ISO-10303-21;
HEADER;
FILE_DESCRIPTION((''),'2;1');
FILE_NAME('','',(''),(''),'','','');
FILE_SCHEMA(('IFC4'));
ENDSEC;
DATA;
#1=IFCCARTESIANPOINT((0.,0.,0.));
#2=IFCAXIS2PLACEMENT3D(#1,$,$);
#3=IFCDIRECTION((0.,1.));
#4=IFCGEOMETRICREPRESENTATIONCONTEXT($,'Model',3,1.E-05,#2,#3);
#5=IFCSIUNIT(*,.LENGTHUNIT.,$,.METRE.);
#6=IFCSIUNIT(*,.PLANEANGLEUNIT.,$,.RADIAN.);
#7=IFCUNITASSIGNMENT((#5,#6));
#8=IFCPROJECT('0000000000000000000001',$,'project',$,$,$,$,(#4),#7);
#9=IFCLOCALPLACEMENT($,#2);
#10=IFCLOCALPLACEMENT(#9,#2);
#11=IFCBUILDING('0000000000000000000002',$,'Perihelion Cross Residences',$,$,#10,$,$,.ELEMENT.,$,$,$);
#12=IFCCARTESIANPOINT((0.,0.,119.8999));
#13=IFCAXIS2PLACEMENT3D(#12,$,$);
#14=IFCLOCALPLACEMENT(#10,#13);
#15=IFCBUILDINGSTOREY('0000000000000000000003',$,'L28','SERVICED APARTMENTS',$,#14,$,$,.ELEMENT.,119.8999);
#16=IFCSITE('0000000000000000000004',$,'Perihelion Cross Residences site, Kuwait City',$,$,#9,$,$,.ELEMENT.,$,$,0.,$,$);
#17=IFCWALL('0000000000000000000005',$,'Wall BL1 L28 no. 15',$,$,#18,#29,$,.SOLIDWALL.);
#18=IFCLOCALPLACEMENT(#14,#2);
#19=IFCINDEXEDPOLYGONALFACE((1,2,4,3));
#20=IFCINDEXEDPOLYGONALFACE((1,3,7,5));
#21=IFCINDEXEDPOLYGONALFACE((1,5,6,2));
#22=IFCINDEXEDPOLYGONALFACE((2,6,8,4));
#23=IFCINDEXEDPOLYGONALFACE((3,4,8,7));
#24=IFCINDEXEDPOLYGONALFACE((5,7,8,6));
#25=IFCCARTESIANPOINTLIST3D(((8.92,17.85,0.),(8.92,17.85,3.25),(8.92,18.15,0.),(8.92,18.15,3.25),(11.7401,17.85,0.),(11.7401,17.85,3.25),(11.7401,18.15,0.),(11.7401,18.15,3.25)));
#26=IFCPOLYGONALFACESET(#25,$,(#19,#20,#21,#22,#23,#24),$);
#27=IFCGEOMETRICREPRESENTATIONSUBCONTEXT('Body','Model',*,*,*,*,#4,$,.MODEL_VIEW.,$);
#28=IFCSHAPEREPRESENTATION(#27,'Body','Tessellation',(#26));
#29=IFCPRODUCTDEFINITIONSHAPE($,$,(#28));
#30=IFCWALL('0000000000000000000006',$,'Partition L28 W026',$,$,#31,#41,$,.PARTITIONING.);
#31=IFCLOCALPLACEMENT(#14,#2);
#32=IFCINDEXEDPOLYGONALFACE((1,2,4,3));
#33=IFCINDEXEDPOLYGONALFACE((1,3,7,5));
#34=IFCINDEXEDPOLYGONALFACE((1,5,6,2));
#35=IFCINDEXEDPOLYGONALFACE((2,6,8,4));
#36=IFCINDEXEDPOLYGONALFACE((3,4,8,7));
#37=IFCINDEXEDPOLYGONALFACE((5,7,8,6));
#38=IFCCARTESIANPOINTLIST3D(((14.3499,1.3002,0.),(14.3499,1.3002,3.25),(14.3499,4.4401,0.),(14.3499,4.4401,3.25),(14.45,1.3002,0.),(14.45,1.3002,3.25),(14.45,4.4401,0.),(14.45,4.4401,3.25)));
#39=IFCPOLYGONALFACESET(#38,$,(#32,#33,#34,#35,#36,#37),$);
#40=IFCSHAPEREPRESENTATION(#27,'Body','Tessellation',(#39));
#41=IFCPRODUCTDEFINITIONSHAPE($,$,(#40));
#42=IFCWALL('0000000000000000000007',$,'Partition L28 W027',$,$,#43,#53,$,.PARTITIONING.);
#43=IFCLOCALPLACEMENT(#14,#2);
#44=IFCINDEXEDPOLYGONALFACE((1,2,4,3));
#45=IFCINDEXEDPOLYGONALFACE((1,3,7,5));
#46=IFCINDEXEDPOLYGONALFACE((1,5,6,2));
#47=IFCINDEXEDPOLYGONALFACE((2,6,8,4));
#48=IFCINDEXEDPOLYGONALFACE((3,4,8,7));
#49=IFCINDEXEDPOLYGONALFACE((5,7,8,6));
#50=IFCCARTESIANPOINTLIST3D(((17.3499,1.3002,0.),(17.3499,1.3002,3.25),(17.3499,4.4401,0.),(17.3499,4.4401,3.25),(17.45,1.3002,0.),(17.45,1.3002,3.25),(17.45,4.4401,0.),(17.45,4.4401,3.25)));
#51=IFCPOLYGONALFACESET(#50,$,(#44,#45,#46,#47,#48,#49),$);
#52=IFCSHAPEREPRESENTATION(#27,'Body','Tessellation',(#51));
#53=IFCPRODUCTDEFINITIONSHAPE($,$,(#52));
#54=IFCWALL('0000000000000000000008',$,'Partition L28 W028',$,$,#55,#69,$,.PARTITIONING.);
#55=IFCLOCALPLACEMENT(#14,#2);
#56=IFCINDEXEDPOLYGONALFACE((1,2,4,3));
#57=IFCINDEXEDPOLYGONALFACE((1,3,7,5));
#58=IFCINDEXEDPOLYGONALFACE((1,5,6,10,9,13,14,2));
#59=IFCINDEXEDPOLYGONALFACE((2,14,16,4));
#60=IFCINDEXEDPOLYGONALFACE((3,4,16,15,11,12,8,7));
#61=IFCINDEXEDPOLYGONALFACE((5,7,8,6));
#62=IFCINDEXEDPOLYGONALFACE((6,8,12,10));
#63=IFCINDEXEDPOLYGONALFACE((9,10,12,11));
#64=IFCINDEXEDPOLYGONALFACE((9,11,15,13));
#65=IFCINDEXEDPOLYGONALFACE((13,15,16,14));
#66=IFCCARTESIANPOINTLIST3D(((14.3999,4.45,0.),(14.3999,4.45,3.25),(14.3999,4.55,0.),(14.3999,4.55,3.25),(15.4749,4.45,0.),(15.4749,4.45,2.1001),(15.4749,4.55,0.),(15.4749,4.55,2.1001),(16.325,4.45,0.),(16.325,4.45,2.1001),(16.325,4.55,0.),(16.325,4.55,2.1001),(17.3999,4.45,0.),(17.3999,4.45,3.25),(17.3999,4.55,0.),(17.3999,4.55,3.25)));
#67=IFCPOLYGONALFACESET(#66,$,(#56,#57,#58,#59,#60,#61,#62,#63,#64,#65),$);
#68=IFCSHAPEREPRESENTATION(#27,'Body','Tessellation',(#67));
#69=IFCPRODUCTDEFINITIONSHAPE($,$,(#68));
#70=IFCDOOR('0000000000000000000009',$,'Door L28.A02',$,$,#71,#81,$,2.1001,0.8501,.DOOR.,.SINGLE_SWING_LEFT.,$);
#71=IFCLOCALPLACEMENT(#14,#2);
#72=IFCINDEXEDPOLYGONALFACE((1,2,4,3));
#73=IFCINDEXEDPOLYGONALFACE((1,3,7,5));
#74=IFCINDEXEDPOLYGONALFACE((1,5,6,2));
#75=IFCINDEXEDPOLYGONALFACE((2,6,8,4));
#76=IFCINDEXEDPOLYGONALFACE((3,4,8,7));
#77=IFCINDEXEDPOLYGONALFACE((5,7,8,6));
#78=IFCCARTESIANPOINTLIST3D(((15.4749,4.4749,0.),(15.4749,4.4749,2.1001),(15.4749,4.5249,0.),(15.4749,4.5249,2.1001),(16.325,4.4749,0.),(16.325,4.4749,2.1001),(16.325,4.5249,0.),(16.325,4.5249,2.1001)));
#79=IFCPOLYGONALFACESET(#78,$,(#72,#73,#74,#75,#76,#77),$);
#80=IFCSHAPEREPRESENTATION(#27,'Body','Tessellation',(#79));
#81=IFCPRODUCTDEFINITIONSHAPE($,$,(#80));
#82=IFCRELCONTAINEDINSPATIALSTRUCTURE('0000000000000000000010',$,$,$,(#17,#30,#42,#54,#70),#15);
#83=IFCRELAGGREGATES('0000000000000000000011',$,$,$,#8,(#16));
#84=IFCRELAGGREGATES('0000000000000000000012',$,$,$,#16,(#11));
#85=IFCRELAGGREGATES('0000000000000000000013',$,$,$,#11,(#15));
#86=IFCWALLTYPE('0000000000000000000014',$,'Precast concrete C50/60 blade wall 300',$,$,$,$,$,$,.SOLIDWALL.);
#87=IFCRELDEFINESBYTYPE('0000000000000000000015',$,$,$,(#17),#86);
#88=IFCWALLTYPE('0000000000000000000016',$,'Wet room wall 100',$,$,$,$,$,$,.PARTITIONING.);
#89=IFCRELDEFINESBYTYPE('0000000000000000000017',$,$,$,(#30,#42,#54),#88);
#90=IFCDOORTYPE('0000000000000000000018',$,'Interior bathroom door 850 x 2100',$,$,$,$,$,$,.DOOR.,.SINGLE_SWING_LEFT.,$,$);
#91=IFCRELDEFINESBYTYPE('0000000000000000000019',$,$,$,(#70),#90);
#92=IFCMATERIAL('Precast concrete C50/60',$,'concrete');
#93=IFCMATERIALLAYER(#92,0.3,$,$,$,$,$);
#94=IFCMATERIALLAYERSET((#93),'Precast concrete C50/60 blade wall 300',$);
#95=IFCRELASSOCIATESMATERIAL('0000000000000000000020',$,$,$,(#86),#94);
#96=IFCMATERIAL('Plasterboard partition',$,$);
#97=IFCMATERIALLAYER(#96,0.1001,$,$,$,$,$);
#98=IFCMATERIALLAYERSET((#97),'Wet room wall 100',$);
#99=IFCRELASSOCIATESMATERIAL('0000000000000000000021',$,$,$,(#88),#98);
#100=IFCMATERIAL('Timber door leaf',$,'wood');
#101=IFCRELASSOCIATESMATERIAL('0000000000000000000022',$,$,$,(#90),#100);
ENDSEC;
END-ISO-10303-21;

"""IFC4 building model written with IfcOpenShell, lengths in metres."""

from ifc_helpers import new_model, si_unit, direction, frame, frame_2d, origin, place, context, subcontext, project, spatial, rectangle, extrude, material, layer, layer_set, type_object, element, fill, save


model = new_model("IFC4")

# Units and contexts
model_context = context("Model", 3, precision=1e-05, world=origin(), true_north=direction((0.0, 1.0)))
body_context = subcontext(model_context, "Body", "Model", "MODEL_VIEW")
ifc_project = project(units=[si_unit("LENGTHUNIT", "METRE"), si_unit("PLANEANGLEUNIT", "RADIAN")], contexts=[model_context])

# Site, building, storey
site_placement = place(None, origin())
site = spatial("IfcSite", under=ifc_project, at=site_placement, Name="Perihelion Cross Residences site, Kuwait City", CompositionType="ELEMENT", RefElevation=0.0)
building_placement = place(site_placement, origin())
building = spatial("IfcBuilding", under=site, at=building_placement, Name="Perihelion Cross Residences", CompositionType="ELEMENT")
storey_placement = place(building_placement, frame((0.0, 0.0, 119.8999)))
storey = spatial("IfcBuildingStorey", under=building, at=storey_placement, Name="L28", Description="SERVICED APARTMENTS", CompositionType="ELEMENT", Elevation=119.8999)

# Walls
ifc_material_1 = material(Name="Precast concrete C50/60", Category="concrete")
ifc_layer_1 = layer(ifc_material_1, 0.3)
ifc_layer_set_1 = layer_set([ifc_layer_1], Name="Precast concrete C50/60 blade wall 300")
wall_type_1 = type_object("IfcWallType", Name="Precast concrete C50/60 blade wall 300", PredefinedType="SOLIDWALL", material=ifc_layer_set_1)
wall_1_placement = place(storey_placement, frame((8.9199, 18.0, 0.0), z_axis=(0.0, 0.0, 1.0), x_axis=(1.0, 0.0, 0.0)))
element("IfcWall", 1, at=wall_1_placement, inside=storey, type_object=wall_type_1, Name="Wall BL1 L28 no. 15", PredefinedType="SOLIDWALL", context=body_context, shape_type="SweptSolid", body=[
    extrude(rectangle(XDim=2.8201, YDim=0.3, at=frame_2d((1.4102, 0.0))), origin(), (0.0, 0.0, 1.0), 3.25),
])
ifc_material_2 = material(Name="Plasterboard partition")
ifc_layer_2 = layer(ifc_material_2, 0.1001)
ifc_layer_set_2 = layer_set([ifc_layer_2], Name="Wet room wall 100")
wall_type_2 = type_object("IfcWallType", Name="Wet room wall 100", PredefinedType="PARTITIONING", material=ifc_layer_set_2)
for number, where, z_axis, x_axis, name in (
    (2, (14.3999, 4.4399, 0.0), (0.0, 0.0, 1.0), (0.0, -1.0, 0.0), "Partition L28 W026"),
    (3, (17.3999, 4.4399, 0.0), (0.0, 0.0, 1.0), (0.0, -1.0, 0.0), "Partition L28 W027"),
):
    element("IfcWall", number, at=place(storey_placement, frame(where, z_axis=z_axis, x_axis=x_axis)), inside=storey, type_object=wall_type_2, Name=name, PredefinedType="PARTITIONING", context=body_context, shape_type="SweptSolid", body=[
        extrude(rectangle(XDim=3.1399, YDim=0.1001, at=frame_2d((1.5698, 0.0))), origin(), (0.0, 0.0, 1.0), 3.25),
    ])

# Wall, opening, door
wall_2_placement = place(storey_placement, frame((14.3999, 4.5, 0.0), z_axis=(0.0, 0.0, 1.0), x_axis=(1.0, 0.0, 0.0)))
wall_2 = element("IfcWall", 4, at=wall_2_placement, inside=storey, type_object=wall_type_2, Name="Partition L28 W028", PredefinedType="PARTITIONING", context=body_context, shape_type="SweptSolid", body=[
    extrude(rectangle(XDim=3.0, YDim=0.1001, at=frame_2d((1.5, 0.0))), origin(), (0.0, 0.0, 1.0), 3.25),
])
opening_1_placement = place(wall_2_placement, frame((1.075, 0.0, 0.0)))
opening_1 = element("IfcOpeningElement", 5, at=opening_1_placement, cuts=wall_2, PredefinedType="OPENING", context=body_context, shape_type="SweptSolid", body=[
    extrude(rectangle(XDim=0.8501, YDim=2.1001, at=frame_2d((0.425, 1.05))), frame((0.0, 0.0601, 0.0), z_axis=(0.0, -1.0, 0.0), x_axis=(1.0, 0.0, 0.0)), (0.0, 0.0, 1.0), 0.1201),
])
ifc_material_3 = material(Name="Timber door leaf", Category="wood")
door_type_1 = type_object("IfcDoorType", Name="Interior bathroom door 850 x 2100", OperationType="SINGLE_SWING_LEFT", PredefinedType="DOOR", material=ifc_material_3)
door_1_placement = place(opening_1_placement, origin())
door_1 = element("IfcDoor", 6, at=door_1_placement, inside=storey, type_object=door_type_1, Name="Door L28.A02", OperationType="SINGLE_SWING_LEFT", OverallHeight=2.1001, OverallWidth=0.8501, PredefinedType="DOOR", context=body_context, shape_type="SweptSolid", body=[
    extrude(rectangle(XDim=0.8501, YDim=2.1001, at=frame_2d((0.425, 1.05))), frame((0.0, 0.0249, 0.0), z_axis=(0.0, -1.0, 0.0), x_axis=(1.0, 0.0, 0.0)), (0.0, 0.0, 1.0), 0.05),
])
fill(opening_1, door_1)

save(model, "model.ifc")
